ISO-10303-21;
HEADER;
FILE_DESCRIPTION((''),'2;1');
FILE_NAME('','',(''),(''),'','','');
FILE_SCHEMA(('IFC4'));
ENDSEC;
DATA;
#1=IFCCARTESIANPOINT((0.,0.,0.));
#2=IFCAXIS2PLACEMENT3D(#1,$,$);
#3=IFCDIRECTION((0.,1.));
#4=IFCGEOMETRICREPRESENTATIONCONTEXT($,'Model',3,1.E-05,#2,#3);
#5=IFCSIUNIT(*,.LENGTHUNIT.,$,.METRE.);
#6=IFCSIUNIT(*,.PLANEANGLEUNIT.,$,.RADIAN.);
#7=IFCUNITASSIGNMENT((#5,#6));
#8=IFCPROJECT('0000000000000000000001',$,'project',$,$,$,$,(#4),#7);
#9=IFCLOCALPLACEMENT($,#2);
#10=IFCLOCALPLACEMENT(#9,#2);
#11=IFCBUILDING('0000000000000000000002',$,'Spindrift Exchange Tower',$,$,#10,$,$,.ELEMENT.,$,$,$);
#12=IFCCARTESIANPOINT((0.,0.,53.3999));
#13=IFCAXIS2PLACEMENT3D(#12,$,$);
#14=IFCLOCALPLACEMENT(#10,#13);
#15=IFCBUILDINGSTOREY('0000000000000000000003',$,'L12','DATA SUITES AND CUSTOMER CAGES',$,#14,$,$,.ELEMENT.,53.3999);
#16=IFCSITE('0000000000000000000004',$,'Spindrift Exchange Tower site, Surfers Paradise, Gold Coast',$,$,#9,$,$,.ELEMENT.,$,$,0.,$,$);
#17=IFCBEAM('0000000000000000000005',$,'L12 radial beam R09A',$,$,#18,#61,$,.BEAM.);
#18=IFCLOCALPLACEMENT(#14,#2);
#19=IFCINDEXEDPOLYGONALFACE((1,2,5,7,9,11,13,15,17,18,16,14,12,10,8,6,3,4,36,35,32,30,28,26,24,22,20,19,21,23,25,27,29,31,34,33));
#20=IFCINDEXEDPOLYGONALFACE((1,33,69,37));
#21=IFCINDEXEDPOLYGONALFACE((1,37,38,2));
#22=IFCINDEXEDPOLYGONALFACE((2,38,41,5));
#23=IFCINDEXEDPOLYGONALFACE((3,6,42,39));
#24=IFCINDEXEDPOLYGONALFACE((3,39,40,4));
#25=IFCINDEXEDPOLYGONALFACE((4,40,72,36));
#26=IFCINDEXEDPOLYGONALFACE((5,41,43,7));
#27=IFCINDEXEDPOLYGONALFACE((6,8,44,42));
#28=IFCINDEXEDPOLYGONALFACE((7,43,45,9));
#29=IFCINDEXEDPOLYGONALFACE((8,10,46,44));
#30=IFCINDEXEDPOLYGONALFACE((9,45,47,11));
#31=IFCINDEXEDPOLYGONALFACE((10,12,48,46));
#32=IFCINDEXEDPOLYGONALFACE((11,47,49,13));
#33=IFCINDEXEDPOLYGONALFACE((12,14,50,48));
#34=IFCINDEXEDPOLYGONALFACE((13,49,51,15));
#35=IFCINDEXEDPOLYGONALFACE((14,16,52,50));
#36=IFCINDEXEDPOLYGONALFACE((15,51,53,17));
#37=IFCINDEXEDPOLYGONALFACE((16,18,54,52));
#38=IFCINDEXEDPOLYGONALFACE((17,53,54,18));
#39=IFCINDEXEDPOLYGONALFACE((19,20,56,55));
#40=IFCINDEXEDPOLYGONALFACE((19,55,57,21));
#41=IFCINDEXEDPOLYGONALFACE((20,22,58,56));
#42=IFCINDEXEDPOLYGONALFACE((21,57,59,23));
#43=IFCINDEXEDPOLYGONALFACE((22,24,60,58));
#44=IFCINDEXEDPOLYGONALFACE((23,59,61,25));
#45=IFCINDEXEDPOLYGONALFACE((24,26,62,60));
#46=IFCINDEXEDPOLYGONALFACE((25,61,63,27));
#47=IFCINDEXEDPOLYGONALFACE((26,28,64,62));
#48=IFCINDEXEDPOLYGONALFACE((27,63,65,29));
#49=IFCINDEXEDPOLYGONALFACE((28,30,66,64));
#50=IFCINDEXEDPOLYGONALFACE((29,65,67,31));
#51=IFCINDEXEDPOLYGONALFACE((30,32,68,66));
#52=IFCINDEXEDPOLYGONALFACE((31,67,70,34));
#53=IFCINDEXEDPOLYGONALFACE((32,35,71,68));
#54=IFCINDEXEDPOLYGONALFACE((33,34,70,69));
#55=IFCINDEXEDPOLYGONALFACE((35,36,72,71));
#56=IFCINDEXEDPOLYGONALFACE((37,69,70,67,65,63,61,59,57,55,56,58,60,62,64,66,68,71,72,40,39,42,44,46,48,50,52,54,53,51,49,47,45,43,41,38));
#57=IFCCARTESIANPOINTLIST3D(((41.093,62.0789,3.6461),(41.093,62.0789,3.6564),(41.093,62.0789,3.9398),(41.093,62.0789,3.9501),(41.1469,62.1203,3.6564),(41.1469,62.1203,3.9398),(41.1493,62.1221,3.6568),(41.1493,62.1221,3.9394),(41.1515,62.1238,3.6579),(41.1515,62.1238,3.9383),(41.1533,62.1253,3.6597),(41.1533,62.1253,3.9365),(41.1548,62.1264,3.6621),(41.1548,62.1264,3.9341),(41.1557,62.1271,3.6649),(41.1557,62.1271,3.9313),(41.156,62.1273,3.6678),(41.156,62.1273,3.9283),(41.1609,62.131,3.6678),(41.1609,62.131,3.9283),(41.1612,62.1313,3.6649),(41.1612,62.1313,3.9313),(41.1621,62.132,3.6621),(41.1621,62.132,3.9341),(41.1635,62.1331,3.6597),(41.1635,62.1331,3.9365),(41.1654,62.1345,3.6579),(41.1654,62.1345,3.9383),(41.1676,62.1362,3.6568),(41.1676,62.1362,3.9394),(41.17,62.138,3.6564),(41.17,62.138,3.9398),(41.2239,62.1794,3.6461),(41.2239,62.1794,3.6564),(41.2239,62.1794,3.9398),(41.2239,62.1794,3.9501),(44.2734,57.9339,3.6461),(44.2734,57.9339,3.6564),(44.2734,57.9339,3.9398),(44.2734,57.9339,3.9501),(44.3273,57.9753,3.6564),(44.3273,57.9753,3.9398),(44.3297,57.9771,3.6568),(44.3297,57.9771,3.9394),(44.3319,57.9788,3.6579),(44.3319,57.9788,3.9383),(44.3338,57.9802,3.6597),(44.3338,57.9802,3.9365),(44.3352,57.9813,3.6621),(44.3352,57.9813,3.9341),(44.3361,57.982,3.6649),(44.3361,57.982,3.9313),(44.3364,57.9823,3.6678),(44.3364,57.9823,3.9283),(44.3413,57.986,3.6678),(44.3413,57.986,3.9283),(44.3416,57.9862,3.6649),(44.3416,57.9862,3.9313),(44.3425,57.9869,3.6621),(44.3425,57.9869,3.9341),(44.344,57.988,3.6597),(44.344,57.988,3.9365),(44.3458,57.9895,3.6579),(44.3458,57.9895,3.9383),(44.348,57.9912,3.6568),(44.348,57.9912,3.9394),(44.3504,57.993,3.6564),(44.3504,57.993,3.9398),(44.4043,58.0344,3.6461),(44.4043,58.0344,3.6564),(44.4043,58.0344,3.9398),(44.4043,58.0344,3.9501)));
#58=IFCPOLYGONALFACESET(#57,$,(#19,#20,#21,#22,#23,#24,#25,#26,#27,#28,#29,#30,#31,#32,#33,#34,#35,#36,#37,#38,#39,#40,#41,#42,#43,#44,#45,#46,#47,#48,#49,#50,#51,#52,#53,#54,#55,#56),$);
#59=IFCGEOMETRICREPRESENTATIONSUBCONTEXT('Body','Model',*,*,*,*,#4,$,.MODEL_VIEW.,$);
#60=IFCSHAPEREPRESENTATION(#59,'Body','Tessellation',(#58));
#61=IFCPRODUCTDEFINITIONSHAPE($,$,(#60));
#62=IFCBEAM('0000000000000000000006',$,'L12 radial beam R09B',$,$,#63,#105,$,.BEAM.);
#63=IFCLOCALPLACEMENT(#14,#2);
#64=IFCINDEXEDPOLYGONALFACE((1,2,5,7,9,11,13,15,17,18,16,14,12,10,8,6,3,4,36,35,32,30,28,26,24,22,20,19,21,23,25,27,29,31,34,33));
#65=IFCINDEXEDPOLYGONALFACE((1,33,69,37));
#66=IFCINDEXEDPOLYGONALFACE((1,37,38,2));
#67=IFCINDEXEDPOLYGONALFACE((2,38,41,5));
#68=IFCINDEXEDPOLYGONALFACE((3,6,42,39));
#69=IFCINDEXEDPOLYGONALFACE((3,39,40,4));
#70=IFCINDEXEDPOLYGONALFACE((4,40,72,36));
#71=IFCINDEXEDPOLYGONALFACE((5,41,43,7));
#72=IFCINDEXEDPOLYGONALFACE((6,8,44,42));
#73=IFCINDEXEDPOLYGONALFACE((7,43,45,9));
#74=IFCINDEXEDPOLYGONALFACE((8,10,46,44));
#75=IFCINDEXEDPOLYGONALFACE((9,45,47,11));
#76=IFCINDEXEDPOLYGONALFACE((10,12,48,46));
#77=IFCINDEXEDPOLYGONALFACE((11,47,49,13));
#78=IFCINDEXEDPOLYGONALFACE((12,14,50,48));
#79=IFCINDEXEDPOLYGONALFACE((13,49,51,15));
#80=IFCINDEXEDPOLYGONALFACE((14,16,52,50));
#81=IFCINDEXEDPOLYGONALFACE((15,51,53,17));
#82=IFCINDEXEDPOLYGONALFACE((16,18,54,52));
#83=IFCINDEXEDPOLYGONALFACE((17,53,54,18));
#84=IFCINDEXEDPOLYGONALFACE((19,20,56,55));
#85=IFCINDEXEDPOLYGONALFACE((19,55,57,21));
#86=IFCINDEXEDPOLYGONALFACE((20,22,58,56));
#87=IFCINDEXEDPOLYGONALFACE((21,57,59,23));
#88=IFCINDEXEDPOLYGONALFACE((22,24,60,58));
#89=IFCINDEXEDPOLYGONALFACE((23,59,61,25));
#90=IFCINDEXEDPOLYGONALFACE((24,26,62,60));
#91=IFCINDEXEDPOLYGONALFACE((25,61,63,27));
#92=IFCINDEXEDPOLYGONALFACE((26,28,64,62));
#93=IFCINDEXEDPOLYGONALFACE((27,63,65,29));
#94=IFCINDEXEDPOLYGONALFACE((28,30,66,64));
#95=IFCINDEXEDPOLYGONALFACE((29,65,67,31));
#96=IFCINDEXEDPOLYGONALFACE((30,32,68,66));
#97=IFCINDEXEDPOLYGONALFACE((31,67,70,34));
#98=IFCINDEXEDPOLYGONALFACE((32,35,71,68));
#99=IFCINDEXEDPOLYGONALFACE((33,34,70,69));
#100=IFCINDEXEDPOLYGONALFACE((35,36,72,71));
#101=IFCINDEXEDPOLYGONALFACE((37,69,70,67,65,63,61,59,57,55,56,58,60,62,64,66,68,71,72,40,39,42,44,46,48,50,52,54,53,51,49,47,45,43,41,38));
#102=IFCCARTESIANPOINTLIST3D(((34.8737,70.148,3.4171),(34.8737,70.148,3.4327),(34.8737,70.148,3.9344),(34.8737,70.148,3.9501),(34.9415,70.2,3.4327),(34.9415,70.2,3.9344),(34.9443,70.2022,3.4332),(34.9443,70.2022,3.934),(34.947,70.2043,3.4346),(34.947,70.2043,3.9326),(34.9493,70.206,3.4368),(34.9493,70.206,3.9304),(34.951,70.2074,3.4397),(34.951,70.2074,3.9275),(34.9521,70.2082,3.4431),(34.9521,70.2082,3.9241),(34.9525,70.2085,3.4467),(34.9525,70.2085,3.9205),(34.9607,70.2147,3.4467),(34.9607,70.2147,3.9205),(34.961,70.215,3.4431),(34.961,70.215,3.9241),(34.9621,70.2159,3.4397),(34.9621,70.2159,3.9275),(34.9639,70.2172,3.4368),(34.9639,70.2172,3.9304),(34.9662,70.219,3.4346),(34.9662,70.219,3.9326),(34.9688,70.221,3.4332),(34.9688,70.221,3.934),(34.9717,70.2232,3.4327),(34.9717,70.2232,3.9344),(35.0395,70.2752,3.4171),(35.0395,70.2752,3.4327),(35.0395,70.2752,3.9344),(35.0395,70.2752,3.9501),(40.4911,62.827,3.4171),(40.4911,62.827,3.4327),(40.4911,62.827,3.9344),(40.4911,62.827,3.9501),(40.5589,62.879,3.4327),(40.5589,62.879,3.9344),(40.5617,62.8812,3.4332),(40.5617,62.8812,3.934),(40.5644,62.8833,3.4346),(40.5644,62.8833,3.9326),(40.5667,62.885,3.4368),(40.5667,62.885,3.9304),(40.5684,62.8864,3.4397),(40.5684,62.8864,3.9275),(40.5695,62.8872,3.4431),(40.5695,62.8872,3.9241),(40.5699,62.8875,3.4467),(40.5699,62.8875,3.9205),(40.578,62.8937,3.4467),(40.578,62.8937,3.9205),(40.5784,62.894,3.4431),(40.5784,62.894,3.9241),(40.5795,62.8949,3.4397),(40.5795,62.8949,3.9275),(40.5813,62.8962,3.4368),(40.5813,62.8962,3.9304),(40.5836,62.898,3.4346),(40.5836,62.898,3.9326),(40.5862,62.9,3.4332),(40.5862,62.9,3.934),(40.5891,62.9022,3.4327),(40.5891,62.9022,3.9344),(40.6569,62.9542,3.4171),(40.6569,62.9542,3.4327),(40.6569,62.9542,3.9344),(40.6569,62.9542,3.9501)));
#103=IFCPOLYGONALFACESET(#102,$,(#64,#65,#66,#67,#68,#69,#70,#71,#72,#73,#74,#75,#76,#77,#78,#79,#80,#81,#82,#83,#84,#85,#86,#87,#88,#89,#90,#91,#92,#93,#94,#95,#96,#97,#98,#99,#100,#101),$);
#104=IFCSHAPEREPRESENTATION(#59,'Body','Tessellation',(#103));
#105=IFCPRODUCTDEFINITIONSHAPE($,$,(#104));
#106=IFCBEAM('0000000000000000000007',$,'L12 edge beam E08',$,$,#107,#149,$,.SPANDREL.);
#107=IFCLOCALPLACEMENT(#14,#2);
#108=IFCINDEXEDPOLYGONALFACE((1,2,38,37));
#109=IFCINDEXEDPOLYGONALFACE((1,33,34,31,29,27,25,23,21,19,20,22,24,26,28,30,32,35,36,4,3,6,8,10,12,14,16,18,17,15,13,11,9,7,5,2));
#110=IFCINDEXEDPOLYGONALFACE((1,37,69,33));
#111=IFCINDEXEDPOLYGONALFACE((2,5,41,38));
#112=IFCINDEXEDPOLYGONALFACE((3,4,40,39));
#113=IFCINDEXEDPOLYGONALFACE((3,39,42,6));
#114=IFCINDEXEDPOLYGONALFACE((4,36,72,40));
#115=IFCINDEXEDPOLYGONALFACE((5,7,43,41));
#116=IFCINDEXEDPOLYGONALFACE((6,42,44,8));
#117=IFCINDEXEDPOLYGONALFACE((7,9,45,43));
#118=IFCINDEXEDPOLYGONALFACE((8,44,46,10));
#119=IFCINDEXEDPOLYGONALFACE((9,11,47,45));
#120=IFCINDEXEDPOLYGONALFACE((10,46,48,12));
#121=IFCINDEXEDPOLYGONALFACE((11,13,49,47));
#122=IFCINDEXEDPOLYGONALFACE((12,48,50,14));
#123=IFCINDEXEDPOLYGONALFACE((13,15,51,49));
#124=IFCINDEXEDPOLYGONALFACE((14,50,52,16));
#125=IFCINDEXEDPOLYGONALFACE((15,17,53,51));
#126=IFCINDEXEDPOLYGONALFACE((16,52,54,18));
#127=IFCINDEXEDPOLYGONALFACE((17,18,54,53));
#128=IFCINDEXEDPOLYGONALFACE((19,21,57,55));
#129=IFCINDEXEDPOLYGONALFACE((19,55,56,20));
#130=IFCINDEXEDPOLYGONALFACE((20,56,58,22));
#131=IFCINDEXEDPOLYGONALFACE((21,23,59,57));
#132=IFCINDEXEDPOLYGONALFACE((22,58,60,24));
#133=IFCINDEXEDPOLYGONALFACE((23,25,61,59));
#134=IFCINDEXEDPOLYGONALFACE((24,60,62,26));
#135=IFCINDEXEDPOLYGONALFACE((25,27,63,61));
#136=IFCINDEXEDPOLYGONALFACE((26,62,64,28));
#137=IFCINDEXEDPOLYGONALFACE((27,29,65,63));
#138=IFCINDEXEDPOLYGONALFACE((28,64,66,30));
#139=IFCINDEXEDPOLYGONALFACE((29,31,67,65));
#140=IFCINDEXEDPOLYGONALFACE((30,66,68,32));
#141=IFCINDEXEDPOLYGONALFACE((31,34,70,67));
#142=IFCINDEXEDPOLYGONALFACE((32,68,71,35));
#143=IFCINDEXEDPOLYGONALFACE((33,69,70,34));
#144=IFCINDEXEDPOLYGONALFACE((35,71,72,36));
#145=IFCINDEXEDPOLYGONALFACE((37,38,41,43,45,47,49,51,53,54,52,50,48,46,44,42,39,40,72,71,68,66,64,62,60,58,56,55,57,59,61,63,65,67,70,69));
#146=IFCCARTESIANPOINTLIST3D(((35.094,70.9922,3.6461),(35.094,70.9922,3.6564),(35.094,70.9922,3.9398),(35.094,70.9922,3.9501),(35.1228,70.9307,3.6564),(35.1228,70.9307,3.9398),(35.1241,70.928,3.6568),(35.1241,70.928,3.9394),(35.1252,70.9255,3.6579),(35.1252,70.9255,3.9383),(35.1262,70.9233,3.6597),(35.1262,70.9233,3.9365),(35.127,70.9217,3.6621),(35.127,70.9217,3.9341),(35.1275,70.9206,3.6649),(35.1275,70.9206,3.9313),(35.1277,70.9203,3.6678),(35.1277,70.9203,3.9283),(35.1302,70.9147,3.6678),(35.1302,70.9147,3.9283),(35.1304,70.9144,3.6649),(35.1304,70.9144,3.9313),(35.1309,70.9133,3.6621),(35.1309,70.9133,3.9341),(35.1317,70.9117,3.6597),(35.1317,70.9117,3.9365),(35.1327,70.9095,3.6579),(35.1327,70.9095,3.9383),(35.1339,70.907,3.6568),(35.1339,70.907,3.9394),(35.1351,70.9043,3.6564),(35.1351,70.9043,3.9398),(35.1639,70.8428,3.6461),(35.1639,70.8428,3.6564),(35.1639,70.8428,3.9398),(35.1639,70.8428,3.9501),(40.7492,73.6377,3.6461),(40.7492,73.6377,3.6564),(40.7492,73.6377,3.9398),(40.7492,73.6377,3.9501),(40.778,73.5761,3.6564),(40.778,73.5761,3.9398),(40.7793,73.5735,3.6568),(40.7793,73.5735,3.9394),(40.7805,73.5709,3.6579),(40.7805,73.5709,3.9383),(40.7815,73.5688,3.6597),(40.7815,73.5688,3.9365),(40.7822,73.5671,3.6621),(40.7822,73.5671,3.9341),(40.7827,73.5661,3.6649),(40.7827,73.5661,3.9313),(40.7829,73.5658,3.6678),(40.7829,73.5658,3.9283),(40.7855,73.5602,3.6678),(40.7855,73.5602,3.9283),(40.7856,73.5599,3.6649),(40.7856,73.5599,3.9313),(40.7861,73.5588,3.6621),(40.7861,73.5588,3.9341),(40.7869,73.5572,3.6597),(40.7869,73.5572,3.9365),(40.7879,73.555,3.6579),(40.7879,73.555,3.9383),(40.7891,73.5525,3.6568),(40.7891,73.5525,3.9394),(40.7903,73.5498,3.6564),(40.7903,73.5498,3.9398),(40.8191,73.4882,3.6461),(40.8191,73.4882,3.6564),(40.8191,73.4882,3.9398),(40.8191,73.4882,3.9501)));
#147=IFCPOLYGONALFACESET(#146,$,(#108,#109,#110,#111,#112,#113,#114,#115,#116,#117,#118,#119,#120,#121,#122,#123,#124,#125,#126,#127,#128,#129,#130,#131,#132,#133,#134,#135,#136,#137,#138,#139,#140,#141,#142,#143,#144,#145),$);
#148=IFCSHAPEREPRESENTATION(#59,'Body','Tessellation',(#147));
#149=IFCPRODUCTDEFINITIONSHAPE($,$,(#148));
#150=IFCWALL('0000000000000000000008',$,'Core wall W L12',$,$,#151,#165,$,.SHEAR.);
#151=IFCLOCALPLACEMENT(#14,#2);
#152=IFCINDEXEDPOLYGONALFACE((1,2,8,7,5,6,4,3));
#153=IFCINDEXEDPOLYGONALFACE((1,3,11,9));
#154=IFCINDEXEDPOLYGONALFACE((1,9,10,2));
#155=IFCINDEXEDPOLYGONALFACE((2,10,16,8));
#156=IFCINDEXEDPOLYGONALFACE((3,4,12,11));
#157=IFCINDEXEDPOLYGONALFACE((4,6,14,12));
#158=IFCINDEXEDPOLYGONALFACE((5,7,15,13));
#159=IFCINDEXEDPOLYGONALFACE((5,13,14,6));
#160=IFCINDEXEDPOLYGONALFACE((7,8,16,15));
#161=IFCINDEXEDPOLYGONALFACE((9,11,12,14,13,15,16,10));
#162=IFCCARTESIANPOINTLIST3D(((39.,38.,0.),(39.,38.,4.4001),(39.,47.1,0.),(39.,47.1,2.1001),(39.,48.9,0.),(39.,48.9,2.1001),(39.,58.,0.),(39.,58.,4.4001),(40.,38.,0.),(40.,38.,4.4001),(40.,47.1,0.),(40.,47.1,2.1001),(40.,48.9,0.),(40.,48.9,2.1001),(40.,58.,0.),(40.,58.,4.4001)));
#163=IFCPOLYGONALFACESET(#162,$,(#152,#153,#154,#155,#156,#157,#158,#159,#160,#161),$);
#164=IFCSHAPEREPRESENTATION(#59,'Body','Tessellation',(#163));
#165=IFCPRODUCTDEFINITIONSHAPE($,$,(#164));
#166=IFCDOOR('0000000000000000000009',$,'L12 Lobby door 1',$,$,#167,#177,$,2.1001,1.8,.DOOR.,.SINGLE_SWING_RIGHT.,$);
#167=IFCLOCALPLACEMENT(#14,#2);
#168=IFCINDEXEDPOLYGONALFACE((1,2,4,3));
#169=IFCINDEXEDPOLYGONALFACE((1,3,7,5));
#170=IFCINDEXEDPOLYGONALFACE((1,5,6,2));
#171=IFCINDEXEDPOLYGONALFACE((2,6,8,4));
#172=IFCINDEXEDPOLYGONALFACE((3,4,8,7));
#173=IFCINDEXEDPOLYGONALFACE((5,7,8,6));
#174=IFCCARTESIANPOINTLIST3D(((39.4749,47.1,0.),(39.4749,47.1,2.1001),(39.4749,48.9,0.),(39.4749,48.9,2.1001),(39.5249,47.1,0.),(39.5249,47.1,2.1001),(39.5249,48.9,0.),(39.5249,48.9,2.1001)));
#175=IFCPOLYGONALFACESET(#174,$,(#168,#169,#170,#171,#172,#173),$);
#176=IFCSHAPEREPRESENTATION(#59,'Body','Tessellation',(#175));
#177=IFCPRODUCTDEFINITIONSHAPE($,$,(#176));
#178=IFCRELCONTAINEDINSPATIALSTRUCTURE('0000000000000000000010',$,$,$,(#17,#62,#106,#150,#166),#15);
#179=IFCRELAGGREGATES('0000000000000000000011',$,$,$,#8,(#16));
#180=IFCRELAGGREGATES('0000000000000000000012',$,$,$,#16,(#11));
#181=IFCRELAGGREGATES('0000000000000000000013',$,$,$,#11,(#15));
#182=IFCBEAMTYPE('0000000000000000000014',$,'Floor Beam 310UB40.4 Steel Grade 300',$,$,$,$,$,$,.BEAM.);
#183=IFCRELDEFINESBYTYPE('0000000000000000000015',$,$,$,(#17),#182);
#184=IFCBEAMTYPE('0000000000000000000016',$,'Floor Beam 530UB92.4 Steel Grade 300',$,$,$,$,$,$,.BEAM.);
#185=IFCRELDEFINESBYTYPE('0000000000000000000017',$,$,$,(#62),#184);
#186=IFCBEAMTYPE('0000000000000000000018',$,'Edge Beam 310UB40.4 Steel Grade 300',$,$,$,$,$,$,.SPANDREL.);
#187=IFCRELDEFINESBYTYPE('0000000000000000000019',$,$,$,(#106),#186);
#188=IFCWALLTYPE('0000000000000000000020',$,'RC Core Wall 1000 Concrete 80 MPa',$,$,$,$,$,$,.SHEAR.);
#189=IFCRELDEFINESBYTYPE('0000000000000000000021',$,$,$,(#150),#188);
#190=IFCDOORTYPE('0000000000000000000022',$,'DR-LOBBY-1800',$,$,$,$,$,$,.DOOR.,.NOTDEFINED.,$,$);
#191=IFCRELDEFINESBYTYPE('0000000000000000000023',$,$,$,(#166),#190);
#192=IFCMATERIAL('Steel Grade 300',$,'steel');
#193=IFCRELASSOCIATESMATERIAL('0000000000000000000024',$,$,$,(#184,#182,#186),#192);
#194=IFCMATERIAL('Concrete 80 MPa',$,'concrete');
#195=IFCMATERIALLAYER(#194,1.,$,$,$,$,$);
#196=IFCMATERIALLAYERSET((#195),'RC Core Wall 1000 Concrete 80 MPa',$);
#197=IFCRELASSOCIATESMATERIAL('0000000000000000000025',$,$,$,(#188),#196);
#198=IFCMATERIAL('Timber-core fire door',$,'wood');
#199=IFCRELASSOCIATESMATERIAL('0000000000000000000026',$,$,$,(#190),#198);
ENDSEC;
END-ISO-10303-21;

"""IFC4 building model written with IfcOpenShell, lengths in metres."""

from ifc_helpers import new_model, si_unit, direction, frame, frame_2d, origin, origin_2d, place, context, subcontext, project, spatial, rectangle, i_section, extrude, source, transform, mapped, material, layer, layer_set, material_profile, profile_set, type_object, element, fill, save


model = new_model("IFC4")

# Units and contexts
model_context = context("Model", 3, precision=1e-05, world=origin(), true_north=direction((0.0, 1.0)))
body_context = subcontext(model_context, "Body", "Model", "MODEL_VIEW")
ifc_project = project(units=[si_unit("LENGTHUNIT", "METRE"), si_unit("PLANEANGLEUNIT", "RADIAN")], contexts=[model_context])

# Site, building, storey
site_placement = place(None, origin())
site = spatial("IfcSite", under=ifc_project, at=site_placement, Name="Spindrift Exchange Tower site, Surfers Paradise, Gold Coast", CompositionType="ELEMENT", RefElevation=0.0)
building_placement = place(site_placement, origin())
building = spatial("IfcBuilding", under=site, at=building_placement, Name="Spindrift Exchange Tower", CompositionType="ELEMENT")
storey_placement = place(building_placement, frame((0.0, 0.0, 53.3999)))
storey = spatial("IfcBuildingStorey", under=building, at=storey_placement, Name="L12", Description="DATA SUITES AND CUSTOMER CAGES", CompositionType="ELEMENT", Elevation=53.3999)

# Shared definitions
ifc_material_1 = material(Name="Concrete 80 MPa", Category="concrete")

# Beams
ifc_material_2 = material(Name="Steel Grade 300", Category="steel")
ifc_material_profile_1 = material_profile(ifc_material_2, i_section(OverallWidth=0.209, OverallDepth=0.533, WebThickness=0.0103, FlangeThickness=0.0156, FilletRadius=0.0139, at=origin_2d()), Name="530UB92.4")
ifc_profile_set_1 = profile_set([ifc_material_profile_1], Name="Steel Grade 300")
beam_type_1 = type_object("IfcBeamType", Name="Floor Beam 530UB92.4 Steel Grade 300", PredefinedType="BEAM", material=ifc_profile_set_1)
ifc_material_profile_2 = material_profile(ifc_material_2, i_section(OverallWidth=0.165, OverallDepth=0.304, WebThickness=0.0061, FlangeThickness=0.0103, FilletRadius=0.0115, at=origin_2d()), Name="310UB40.4")
ifc_profile_set_2 = profile_set([ifc_material_profile_2], Name="Steel Grade 300")
beam_type_2 = type_object("IfcBeamType", Name="Floor Beam 310UB40.4 Steel Grade 300", PredefinedType="BEAM", material=ifc_profile_set_2)
shared_shape_1 = source(origin(), body_context, "Body", "SweptSolid", [
    extrude(i_section(OverallWidth=0.165, OverallDepth=0.304, WebThickness=0.0061, FlangeThickness=0.0103, FilletRadius=0.0115, at=origin_2d()), origin(), (0.0, 0.0, 1.0), 5.2246),
])
beam_1_placement = place(storey_placement, frame((44.3389, 57.9841, 3.7981), z_axis=(-0.608741, 0.793369, 0.0), x_axis=(-0.793369, -0.608741, 0.0)))
element("IfcBeam", 1, at=beam_1_placement, inside=storey, type_object=beam_type_2, Name="L12 radial beam R09A", PredefinedType="BEAM", context=body_context, shape_type="MappedRepresentation", body=[
    mapped(shared_shape_1, transform((0.0, 0.0, 0.0), scale=1.0)),
])
shared_shape_2 = source(origin(), body_context, "Body", "SweptSolid", [
    extrude(i_section(OverallWidth=0.209, OverallDepth=0.533, WebThickness=0.0103, FlangeThickness=0.0156, FilletRadius=0.0139, at=origin_2d()), origin(), (0.0, 0.0, 1.0), 9.2278),
])
beam_2_placement = place(storey_placement, frame((40.574, 62.8906, 3.6836), z_axis=(-0.608748, 0.793364, 0.0), x_axis=(-0.793364, -0.608748, 0.0)))
element("IfcBeam", 2, at=beam_2_placement, inside=storey, type_object=beam_type_1, Name="L12 radial beam R09B", PredefinedType="BEAM", context=body_context, shape_type="MappedRepresentation", body=[
    mapped(shared_shape_2, transform((0.0, 0.0, 0.0), scale=1.0)),
])
ifc_material_profile_3 = material_profile(ifc_material_2, i_section(OverallWidth=0.165, OverallDepth=0.304, WebThickness=0.0061, FlangeThickness=0.0103, FilletRadius=0.0115, at=origin_2d()), Name="310UB40.4")
ifc_profile_set_3 = profile_set([ifc_material_profile_3], Name="Steel Grade 300")
beam_type_3 = type_object("IfcBeamType", Name="Edge Beam 310UB40.4 Steel Grade 300", PredefinedType="SPANDREL", material=ifc_profile_set_3)
shared_shape_3 = source(origin(), body_context, "Body", "SweptSolid", [
    extrude(i_section(OverallWidth=0.165, OverallDepth=0.304, WebThickness=0.0061, FlangeThickness=0.0103, FilletRadius=0.0115, at=origin_2d()), origin(), (0.0, 0.0, 1.0), 6.2434),
])
beam_3_placement = place(storey_placement, frame((40.7842, 73.563, 3.7981), z_axis=(-0.905791, -0.423724, 0.0), x_axis=(0.423724, -0.905791, 0.0)))
element("IfcBeam", 3, at=beam_3_placement, inside=storey, type_object=beam_type_3, Name="L12 edge beam E08", PredefinedType="SPANDREL", context=body_context, shape_type="MappedRepresentation", body=[
    mapped(shared_shape_3, transform((0.0, 0.0, 0.0), scale=1.0)),
])

# Wall, opening, door
ifc_layer_1 = layer(ifc_material_1, 1.0)
ifc_layer_set_1 = layer_set([ifc_layer_1], Name="RC Core Wall 1000 Concrete 80 MPa")
wall_type_1 = type_object("IfcWallType", Name="RC Core Wall 1000 Concrete 80 MPa", PredefinedType="SHEAR", material=ifc_layer_set_1)
wall_1_placement = place(storey_placement, frame((39.5, 58.0, 0.0), z_axis=(0.0, 0.0, 1.0), x_axis=(0.0, -1.0, 0.0)))
wall_1 = element("IfcWall", 4, at=wall_1_placement, inside=storey, type_object=wall_type_1, Name="Core wall W L12", PredefinedType="SHEAR", context=body_context, shape_type="SweptSolid", body=[
    extrude(rectangle(XDim=20.0, YDim=1.0, at=frame_2d((10.0, 0.0))), origin(), (0.0, 0.0, 1.0), 4.4001),
])
opening_1_placement = place(wall_1_placement, frame((9.1001, 0.0, 0.0)))
opening_1 = element("IfcOpeningElement", 5, at=opening_1_placement, cuts=wall_1, PredefinedType="OPENING", context=body_context, shape_type="SweptSolid", body=[
    extrude(rectangle(XDim=1.8, YDim=2.1001, at=frame_2d((0.8999, 1.05))), frame((0.0, 0.51, 0.0), z_axis=(0.0, -1.0, 0.0), x_axis=(1.0, 0.0, 0.0)), (0.0, 0.0, 1.0), 1.02),
])
ifc_material_3 = material(Name="Timber-core fire door", Category="wood")
door_type_1 = type_object("IfcDoorType", Name="DR-LOBBY-1800", OperationType="NOTDEFINED", PredefinedType="DOOR", material=ifc_material_3)
shared_shape_4 = source(origin(), body_context, "Body", "SweptSolid", [
    extrude(rectangle(XDim=1.8, YDim=2.1001, at=frame_2d((0.8999, 1.05))), frame((0.0, 0.0249, 0.0), z_axis=(0.0, -1.0, 0.0), x_axis=(1.0, 0.0, 0.0)), (0.0, 0.0, 1.0), 0.05),
])
door_1_placement = place(opening_1_placement, origin())
door_1 = element("IfcDoor", 6, at=door_1_placement, inside=storey, type_object=door_type_1, Name="L12 Lobby door 1", OperationType="SINGLE_SWING_RIGHT", OverallHeight=2.1001, OverallWidth=1.8, PredefinedType="DOOR", context=body_context, shape_type="MappedRepresentation", body=[
    mapped(shared_shape_4, transform((0.0, 0.0, 0.0), scale=1.0)),
])
fill(opening_1, door_1)

save(model, "model.ifc")
